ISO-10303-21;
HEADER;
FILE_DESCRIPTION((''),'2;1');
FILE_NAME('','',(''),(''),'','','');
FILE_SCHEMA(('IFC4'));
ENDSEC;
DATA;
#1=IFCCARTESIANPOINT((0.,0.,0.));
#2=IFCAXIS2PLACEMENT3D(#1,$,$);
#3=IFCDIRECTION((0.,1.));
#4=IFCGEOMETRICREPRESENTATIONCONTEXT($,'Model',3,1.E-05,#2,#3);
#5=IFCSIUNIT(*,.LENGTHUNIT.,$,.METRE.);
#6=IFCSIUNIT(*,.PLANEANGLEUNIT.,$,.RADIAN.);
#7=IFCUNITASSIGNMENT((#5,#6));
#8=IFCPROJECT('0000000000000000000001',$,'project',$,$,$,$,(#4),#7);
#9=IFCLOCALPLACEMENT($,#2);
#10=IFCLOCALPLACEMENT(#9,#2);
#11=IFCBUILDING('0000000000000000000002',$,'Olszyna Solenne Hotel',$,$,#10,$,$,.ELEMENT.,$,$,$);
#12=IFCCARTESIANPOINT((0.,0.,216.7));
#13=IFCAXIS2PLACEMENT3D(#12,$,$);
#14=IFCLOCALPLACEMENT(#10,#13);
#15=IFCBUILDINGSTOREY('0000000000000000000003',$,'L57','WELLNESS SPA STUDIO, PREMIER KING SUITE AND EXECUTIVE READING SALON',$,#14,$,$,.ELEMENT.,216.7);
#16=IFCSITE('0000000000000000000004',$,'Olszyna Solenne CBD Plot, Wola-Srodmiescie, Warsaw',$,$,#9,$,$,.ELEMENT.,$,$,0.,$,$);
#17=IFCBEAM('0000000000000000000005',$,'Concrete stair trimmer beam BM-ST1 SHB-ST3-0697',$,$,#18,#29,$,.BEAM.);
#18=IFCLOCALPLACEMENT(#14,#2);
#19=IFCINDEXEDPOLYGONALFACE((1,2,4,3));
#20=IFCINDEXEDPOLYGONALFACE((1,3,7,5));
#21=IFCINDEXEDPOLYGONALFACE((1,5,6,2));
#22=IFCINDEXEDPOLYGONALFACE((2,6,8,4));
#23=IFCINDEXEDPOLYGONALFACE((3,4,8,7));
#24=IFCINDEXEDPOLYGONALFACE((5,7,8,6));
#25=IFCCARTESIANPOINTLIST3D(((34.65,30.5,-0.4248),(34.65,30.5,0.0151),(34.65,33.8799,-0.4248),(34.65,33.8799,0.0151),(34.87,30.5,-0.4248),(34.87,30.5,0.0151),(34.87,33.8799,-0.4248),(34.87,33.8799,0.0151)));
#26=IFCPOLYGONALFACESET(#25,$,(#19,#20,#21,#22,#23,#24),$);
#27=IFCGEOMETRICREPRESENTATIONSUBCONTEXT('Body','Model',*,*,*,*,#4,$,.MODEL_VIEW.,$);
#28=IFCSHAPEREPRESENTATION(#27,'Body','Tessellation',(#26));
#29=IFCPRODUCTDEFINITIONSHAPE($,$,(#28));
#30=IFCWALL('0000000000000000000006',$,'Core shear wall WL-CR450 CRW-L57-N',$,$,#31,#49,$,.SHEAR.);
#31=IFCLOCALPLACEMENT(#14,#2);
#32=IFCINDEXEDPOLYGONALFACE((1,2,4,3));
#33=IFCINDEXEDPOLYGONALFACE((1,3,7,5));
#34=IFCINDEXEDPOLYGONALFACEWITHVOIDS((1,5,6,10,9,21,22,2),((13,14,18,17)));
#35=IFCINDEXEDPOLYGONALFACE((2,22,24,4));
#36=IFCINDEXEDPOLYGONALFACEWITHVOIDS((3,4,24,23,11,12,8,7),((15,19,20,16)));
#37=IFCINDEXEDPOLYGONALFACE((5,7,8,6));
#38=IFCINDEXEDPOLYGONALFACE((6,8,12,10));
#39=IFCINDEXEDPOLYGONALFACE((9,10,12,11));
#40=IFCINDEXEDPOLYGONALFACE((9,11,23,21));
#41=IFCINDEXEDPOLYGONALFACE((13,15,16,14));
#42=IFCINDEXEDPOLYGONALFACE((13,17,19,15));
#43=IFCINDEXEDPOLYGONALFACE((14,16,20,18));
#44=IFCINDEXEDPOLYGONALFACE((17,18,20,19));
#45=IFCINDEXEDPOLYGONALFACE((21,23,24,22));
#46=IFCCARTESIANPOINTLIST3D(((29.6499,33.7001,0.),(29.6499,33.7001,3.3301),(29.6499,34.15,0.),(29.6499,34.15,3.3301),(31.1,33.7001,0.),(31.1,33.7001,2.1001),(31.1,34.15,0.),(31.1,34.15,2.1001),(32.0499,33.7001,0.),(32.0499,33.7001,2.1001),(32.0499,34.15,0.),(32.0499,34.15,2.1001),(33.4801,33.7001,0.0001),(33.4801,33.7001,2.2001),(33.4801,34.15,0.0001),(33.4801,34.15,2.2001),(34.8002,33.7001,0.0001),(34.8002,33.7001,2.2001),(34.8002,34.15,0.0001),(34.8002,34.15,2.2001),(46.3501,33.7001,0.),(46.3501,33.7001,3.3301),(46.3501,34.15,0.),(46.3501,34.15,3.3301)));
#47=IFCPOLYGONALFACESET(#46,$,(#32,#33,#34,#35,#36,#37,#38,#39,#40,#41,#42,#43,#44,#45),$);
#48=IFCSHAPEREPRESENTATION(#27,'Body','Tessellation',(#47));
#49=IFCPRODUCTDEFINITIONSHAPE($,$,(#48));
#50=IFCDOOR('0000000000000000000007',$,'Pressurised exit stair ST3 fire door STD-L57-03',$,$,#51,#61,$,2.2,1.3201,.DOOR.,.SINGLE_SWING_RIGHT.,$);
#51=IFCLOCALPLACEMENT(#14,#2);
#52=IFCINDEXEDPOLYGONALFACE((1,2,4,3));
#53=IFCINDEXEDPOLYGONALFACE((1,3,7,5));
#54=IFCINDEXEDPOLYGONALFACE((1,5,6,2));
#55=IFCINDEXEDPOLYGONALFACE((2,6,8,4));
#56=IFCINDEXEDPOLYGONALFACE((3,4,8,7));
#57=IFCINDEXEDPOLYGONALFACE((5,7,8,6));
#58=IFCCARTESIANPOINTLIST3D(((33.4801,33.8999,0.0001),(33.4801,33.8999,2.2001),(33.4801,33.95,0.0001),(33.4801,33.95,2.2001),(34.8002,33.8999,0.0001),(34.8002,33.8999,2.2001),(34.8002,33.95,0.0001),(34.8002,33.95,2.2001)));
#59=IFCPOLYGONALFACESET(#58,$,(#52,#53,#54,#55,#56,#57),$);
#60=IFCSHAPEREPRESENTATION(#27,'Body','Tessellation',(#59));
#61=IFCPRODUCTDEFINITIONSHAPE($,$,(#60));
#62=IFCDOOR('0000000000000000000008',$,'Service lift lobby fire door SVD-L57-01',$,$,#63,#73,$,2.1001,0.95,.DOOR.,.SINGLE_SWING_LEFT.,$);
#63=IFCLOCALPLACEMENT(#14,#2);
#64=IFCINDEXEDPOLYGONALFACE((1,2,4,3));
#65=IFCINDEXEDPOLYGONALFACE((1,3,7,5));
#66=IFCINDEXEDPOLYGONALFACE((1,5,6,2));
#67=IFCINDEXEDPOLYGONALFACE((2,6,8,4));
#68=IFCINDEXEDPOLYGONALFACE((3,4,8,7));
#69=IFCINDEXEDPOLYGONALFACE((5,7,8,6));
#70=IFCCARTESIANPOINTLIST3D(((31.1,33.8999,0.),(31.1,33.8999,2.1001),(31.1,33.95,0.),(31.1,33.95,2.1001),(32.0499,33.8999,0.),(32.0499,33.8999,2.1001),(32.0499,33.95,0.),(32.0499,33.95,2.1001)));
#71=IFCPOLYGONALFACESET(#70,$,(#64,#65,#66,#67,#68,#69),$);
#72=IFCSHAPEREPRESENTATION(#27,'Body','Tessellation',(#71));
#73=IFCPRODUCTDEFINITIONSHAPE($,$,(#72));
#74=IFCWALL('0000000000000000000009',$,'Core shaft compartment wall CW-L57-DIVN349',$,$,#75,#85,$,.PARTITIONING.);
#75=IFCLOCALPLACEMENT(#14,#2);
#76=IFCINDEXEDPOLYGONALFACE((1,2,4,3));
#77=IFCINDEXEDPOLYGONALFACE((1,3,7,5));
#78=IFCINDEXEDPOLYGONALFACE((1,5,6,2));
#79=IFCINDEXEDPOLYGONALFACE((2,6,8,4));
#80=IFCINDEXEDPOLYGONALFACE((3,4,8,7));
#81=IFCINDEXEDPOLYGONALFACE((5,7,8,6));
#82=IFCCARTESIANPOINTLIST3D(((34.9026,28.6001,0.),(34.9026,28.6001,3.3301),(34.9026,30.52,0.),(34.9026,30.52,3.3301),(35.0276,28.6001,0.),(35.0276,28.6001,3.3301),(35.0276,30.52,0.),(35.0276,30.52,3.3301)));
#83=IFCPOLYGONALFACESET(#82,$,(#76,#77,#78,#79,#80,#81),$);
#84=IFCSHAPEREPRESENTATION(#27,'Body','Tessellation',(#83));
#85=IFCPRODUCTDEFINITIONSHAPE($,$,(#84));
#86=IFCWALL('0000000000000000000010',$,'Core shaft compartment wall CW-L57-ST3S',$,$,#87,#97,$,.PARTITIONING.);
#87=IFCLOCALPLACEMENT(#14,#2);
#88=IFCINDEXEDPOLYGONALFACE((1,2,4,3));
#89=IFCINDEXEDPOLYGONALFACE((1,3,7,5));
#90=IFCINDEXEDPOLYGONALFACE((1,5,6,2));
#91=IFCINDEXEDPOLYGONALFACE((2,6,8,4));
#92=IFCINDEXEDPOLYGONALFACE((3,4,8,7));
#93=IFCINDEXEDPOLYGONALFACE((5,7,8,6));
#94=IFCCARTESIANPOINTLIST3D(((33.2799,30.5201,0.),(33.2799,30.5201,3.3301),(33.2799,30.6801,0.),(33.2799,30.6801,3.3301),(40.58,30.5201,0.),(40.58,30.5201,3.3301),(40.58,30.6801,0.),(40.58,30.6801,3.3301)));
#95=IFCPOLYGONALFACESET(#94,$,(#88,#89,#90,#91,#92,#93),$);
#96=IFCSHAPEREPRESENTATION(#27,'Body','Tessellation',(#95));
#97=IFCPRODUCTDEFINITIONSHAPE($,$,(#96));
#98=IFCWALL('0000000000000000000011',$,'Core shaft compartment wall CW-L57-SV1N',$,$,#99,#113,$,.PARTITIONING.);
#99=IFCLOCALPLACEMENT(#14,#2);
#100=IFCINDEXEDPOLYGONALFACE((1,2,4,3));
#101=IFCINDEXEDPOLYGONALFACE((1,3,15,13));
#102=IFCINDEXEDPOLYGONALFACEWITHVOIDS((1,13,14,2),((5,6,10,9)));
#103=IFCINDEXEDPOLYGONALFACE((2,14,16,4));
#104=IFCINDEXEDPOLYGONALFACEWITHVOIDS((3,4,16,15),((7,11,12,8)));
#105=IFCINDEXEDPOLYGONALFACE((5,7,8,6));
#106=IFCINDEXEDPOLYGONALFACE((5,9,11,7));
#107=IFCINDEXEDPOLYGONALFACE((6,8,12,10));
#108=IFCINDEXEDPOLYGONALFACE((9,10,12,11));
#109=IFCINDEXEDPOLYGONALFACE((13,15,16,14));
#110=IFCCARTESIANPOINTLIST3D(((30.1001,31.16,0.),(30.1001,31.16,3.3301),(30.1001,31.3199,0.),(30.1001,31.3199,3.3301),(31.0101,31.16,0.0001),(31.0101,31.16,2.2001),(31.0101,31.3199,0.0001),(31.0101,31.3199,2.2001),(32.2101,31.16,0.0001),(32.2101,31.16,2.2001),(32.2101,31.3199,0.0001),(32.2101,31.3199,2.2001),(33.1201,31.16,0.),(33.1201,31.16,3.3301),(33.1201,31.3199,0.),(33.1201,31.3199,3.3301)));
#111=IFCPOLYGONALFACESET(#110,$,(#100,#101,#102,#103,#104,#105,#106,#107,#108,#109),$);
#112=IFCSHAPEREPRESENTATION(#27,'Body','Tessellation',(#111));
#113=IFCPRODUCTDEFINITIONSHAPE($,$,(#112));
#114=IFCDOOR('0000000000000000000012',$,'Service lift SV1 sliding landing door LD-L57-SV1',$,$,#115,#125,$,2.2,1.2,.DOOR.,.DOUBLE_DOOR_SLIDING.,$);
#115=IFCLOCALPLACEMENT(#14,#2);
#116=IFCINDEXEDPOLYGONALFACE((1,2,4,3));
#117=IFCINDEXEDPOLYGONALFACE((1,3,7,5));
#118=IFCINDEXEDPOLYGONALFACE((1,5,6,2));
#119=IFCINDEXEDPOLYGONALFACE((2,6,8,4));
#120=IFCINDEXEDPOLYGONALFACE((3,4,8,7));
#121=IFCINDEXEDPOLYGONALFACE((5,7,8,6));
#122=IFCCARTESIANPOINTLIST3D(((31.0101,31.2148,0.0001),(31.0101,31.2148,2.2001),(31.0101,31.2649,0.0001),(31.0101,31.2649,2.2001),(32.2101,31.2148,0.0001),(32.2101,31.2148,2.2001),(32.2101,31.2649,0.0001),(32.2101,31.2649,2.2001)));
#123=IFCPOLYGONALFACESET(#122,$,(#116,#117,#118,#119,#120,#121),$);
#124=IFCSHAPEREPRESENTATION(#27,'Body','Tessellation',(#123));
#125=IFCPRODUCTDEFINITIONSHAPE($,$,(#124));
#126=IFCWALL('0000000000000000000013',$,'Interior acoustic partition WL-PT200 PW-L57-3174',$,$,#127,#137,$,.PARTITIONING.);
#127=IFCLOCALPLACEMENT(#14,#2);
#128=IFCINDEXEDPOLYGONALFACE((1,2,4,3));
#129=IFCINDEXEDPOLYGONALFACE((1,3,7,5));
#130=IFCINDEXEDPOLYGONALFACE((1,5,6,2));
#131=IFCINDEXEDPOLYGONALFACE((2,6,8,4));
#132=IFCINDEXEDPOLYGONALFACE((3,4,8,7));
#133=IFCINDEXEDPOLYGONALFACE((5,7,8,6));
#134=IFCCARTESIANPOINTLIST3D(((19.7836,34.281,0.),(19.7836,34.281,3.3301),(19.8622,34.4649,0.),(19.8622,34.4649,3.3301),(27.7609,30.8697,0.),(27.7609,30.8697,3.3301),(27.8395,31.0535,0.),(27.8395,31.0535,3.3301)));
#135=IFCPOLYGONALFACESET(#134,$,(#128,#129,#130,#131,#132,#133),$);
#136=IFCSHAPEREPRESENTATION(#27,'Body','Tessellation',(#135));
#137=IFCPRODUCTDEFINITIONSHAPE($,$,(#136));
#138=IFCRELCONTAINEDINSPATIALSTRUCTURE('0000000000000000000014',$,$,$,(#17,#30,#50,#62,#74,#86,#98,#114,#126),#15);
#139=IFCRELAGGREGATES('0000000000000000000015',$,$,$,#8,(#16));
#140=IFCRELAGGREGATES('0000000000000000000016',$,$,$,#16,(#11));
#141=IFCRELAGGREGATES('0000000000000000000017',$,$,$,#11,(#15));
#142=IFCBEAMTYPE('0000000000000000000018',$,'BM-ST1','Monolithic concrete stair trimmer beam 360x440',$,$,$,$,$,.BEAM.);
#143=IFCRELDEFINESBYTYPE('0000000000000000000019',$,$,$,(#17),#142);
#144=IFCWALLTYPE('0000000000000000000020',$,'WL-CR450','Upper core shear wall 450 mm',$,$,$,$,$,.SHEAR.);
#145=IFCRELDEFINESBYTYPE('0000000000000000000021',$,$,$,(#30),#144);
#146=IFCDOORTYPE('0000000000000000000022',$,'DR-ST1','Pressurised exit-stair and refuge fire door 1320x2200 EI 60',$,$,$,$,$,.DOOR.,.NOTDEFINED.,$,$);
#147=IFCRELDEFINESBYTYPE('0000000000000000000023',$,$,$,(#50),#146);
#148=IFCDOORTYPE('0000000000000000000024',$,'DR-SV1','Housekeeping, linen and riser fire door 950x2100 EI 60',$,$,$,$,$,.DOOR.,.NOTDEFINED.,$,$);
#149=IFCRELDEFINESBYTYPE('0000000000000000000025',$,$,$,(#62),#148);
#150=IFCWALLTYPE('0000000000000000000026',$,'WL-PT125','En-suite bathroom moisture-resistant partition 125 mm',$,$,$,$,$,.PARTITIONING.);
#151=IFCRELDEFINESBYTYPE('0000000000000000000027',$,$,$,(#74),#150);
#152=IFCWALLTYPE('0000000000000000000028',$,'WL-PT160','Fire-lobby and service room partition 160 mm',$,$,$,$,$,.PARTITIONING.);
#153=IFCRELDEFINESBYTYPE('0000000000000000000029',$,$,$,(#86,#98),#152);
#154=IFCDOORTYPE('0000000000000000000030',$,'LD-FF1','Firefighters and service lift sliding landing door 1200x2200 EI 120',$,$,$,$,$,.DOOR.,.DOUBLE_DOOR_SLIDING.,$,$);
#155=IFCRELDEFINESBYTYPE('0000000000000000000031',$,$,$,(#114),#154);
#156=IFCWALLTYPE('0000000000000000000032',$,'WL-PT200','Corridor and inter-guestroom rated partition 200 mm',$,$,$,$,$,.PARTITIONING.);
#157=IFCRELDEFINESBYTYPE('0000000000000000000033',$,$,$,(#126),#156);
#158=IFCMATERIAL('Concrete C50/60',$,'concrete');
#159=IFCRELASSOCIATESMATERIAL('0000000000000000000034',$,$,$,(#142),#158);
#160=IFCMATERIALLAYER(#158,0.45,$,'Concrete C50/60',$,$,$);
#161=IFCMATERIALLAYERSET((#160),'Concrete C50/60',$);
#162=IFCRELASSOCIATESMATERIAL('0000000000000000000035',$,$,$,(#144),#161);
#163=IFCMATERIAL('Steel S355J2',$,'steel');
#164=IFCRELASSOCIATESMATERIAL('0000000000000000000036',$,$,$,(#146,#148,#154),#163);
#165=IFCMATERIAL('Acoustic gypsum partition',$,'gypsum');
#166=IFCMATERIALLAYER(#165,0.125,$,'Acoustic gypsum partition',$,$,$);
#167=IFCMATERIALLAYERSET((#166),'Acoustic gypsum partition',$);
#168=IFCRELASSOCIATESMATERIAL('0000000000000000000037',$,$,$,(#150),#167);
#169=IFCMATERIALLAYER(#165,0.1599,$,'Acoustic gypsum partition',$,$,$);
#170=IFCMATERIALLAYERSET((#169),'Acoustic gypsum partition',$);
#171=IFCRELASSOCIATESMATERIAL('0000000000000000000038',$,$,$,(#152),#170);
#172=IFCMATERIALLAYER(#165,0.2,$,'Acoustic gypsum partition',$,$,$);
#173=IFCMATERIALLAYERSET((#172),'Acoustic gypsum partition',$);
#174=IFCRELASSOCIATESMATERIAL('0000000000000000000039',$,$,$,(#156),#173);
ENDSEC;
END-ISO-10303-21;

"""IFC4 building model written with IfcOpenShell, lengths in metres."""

from ifc_helpers import new_model, si_unit, direction, frame, frame_2d, origin, origin_2d, place, context, subcontext, project, spatial, rectangle, extrude, source, transform, mapped, material, layer, layer_set, material_profile, profile_set, type_object, type_shapes, element, fill, save


model = new_model("IFC4")

# Units and contexts
model_context = context("Model", 3, precision=1e-05, world=origin(), true_north=direction((0.0, 1.0)))
body_context = subcontext(model_context, "Body", "Model", "MODEL_VIEW")
ifc_project = project(units=[si_unit("LENGTHUNIT", "METRE"), si_unit("PLANEANGLEUNIT", "RADIAN")], contexts=[model_context])

# Site, building, storey
site_placement = place(None, origin())
site = spatial("IfcSite", under=ifc_project, at=site_placement, Name="Olszyna Solenne CBD Plot, Wola-Srodmiescie, Warsaw", CompositionType="ELEMENT", RefElevation=0.0)
building_placement = place(site_placement, origin())
building = spatial("IfcBuilding", under=site, at=building_placement, Name="Olszyna Solenne Hotel", CompositionType="ELEMENT")
storey_placement = place(building_placement, frame((0.0, 0.0, 216.7)))
storey = spatial("IfcBuildingStorey", under=building, at=storey_placement, Name="L57", Description="WELLNESS SPA STUDIO, PREMIER KING SUITE AND EXECUTIVE READING SALON", CompositionType="ELEMENT", Elevation=216.7)

# Beam
ifc_material_1 = material(Name="Concrete C50/60", Category="concrete")
ifc_material_profile = material_profile(ifc_material_1, rectangle(XDim=0.22, YDim=0.4399, at=origin_2d()), Name="RC 220x440", Category="load-bearing")
ifc_profile_set = profile_set([ifc_material_profile], Name="Concrete C50/60")
beam_type = type_object("IfcBeamType", Name="BM-ST1", Description="Monolithic concrete stair trimmer beam 360x440", PredefinedType="BEAM", material=ifc_profile_set)
shared_shape_1 = source(origin(), body_context, "Body", "SweptSolid", [
    extrude(rectangle(XDim=0.22, YDim=0.4399, at=origin_2d()), origin(), (0.0, 0.0, 1.0), 3.3799),
])
beam_placement = place(storey_placement, frame((34.76, 30.5, -0.2048), z_axis=(0.0, 1.0, 0.0), x_axis=(-1.0, 0.0, 0.0)))
element("IfcBeam", 1, at=beam_placement, inside=storey, type_object=beam_type, Name="Concrete stair trimmer beam BM-ST1 SHB-ST3-0697", PredefinedType="BEAM", context=body_context, shape_type="MappedRepresentation", body=[
    mapped(shared_shape_1, transform((0.0, 0.0, 0.0), x_axis=(1.0, 0.0, 0.0), y_axis=(0.0, 1.0, 0.0), z_axis=(0.0, 0.0, 1.0), scale=1.0)),
])

# Wall, openings, doors
ifc_layer_1 = layer(ifc_material_1, 0.45, Name="Concrete C50/60")
ifc_layer_set_1 = layer_set([ifc_layer_1], Name="Concrete C50/60")
wall_type_1 = type_object("IfcWallType", Name="WL-CR450", Description="Upper core shear wall 450 mm", PredefinedType="SHEAR", material=ifc_layer_set_1)
wall_1_placement = place(storey_placement, frame((29.6499, 33.925, 0.0), z_axis=(0.0, 0.0, 1.0), x_axis=(1.0, 0.0, 0.0)))
wall_1 = element("IfcWall", 2, at=wall_1_placement, inside=storey, type_object=wall_type_1, Name="Core shear wall WL-CR450 CRW-L57-N", PredefinedType="SHEAR", context=body_context, shape_type="SweptSolid", body=[
    extrude(rectangle(XDim=16.7002, YDim=0.45, at=frame_2d((8.3501, 0.0))), origin(), (0.0, 0.0, 1.0), 3.3301),
])
opening_1_placement = place(wall_1_placement, frame((1.45, 0.0, 0.0)))
opening_1 = element("IfcOpeningElement", 3, at=opening_1_placement, cuts=wall_1, PredefinedType="OPENING", context=body_context, shape_type="SweptSolid", body=[
    extrude(rectangle(XDim=0.95, YDim=2.1001, at=frame_2d((0.4751, 1.05))), frame((0.0, 0.2349, 0.0), z_axis=(0.0, -1.0, 0.0), x_axis=(1.0, 0.0, 0.0)), (0.0, 0.0, 1.0), 0.47),
])
opening_2_placement = place(wall_1_placement, frame((3.8301, 0.0, 0.0)))
opening_2 = element("IfcOpeningElement", 4, at=opening_2_placement, cuts=wall_1, PredefinedType="OPENING", context=body_context, shape_type="SweptSolid", body=[
    extrude(rectangle(XDim=1.3201, YDim=2.2, at=frame_2d((0.6602, 1.1001))), frame((0.0, 0.2349, 0.0), z_axis=(0.0, -1.0, 0.0), x_axis=(1.0, 0.0, 0.0)), (0.0, 0.0, 1.0), 0.47),
])
ifc_material_2 = material(Name="Steel S355J2", Category="steel")
door_type_1 = type_object("IfcDoorType", Name="DR-ST1", Description="Pressurised exit-stair and refuge fire door 1320x2200 EI 60", OperationType="NOTDEFINED", PredefinedType="DOOR", material=ifc_material_2)
shared_shape_2 = source(origin(), body_context, "Body", "SweptSolid", [
    extrude(rectangle(XDim=1.3201, YDim=2.2, at=frame_2d((0.6602, 1.1001))), frame((0.0, 0.0249, 0.0), z_axis=(0.0, -1.0, 0.0), x_axis=(1.0, 0.0, 0.0)), (0.0, 0.0, 1.0), 0.05),
])
type_shapes(door_type_1, [shared_shape_2])
door_1_placement = place(opening_2_placement, origin())
door_1 = element("IfcDoor", 5, at=door_1_placement, inside=storey, type_object=door_type_1, Name="Pressurised exit stair ST3 fire door STD-L57-03", OperationType="SINGLE_SWING_RIGHT", OverallHeight=2.2, OverallWidth=1.3201, PredefinedType="DOOR", context=body_context, shape_type="MappedRepresentation", body=[
    mapped(shared_shape_2, transform((0.0, 0.0, 0.0), x_axis=(1.0, 0.0, 0.0), y_axis=(0.0, 1.0, 0.0), z_axis=(0.0, 0.0, 1.0), scale=1.0)),
])
fill(opening_2, door_1)
door_type_2 = type_object("IfcDoorType", Name="DR-SV1", Description="Housekeeping, linen and riser fire door 950x2100 EI 60", OperationType="NOTDEFINED", PredefinedType="DOOR", material=ifc_material_2)
shared_shape_3 = source(origin(), body_context, "Body", "SweptSolid", [
    extrude(rectangle(XDim=0.95, YDim=2.1001, at=frame_2d((0.4751, 1.05))), frame((0.0, 0.0249, 0.0), z_axis=(0.0, -1.0, 0.0), x_axis=(1.0, 0.0, 0.0)), (0.0, 0.0, 1.0), 0.05),
])
type_shapes(door_type_2, [shared_shape_3])
door_2_placement = place(opening_1_placement, origin())
door_2 = element("IfcDoor", 6, at=door_2_placement, inside=storey, type_object=door_type_2, Name="Service lift lobby fire door SVD-L57-01", OperationType="SINGLE_SWING_LEFT", OverallHeight=2.1001, OverallWidth=0.95, PredefinedType="DOOR", context=body_context, shape_type="MappedRepresentation", body=[
    mapped(shared_shape_3, transform((0.0, 0.0, 0.0), x_axis=(1.0, 0.0, 0.0), y_axis=(0.0, 1.0, 0.0), z_axis=(0.0, 0.0, 1.0), scale=1.0)),
])
fill(opening_1, door_2)

# Walls
ifc_material_3 = material(Name="Acoustic gypsum partition", Category="gypsum")
ifc_layer_2 = layer(ifc_material_3, 0.125, Name="Acoustic gypsum partition")
ifc_layer_set_2 = layer_set([ifc_layer_2], Name="Acoustic gypsum partition")
wall_type_2 = type_object("IfcWallType", Name="WL-PT125", Description="En-suite bathroom moisture-resistant partition 125 mm", PredefinedType="PARTITIONING", material=ifc_layer_set_2)
wall_2_placement = place(storey_placement, frame((34.9651, 28.6001, 0.0), z_axis=(0.0, 0.0, 1.0), x_axis=(0.0, 1.0, 0.0)))
element("IfcWall", 7, at=wall_2_placement, inside=storey, type_object=wall_type_2, Name="Core shaft compartment wall CW-L57-DIVN349", PredefinedType="PARTITIONING", context=body_context, shape_type="SweptSolid", body=[
    extrude(rectangle(XDim=1.9199, YDim=0.125, at=frame_2d((0.96, 0.0))), origin(), (0.0, 0.0, 1.0), 3.3301),
])
ifc_layer_3 = layer(ifc_material_3, 0.1599, Name="Acoustic gypsum partition")
ifc_layer_set_3 = layer_set([ifc_layer_3], Name="Acoustic gypsum partition")
wall_type_3 = type_object("IfcWallType", Name="WL-PT160", Description="Fire-lobby and service room partition 160 mm", PredefinedType="PARTITIONING", material=ifc_layer_set_3)
wall_3_placement = place(storey_placement, frame((33.28, 30.6001, 0.0), z_axis=(0.0, 0.0, 1.0), x_axis=(1.0, 0.0, 0.0)))
element("IfcWall", 8, at=wall_3_placement, inside=storey, type_object=wall_type_3, Name="Core shaft compartment wall CW-L57-ST3S", PredefinedType="PARTITIONING", context=body_context, shape_type="SweptSolid", body=[
    extrude(rectangle(XDim=7.3, YDim=0.1599, at=frame_2d((3.6499, 0.0))), origin(), (0.0, 0.0, 1.0), 3.3301),
])

# Wall, opening, door
wall_4_placement = place(storey_placement, frame((30.1001, 31.24, 0.0), z_axis=(0.0, 0.0, 1.0), x_axis=(1.0, 0.0, 0.0)))
wall_4 = element("IfcWall", 9, at=wall_4_placement, inside=storey, type_object=wall_type_3, Name="Core shaft compartment wall CW-L57-SV1N", PredefinedType="PARTITIONING", context=body_context, shape_type="SweptSolid", body=[
    extrude(rectangle(XDim=3.02, YDim=0.1599, at=frame_2d((1.51, 0.0))), origin(), (0.0, 0.0, 1.0), 3.3301),
])
opening_3_placement = place(wall_4_placement, frame((0.9099, 0.0, 0.0)))
opening_3 = element("IfcOpeningElement", 10, at=opening_3_placement, cuts=wall_4, PredefinedType="OPENING", context=body_context, shape_type="SweptSolid", body=[
    extrude(rectangle(XDim=1.2, YDim=2.2, at=frame_2d((0.6001, 1.1001))), frame((0.0, 0.0898, 0.0), z_axis=(0.0, -1.0, 0.0), x_axis=(1.0, 0.0, 0.0)), (0.0, 0.0, 1.0), 0.1799),
])
door_type_3 = type_object("IfcDoorType", Name="LD-FF1", Description="Firefighters and service lift sliding landing door 1200x2200 EI 120", OperationType="DOUBLE_DOOR_SLIDING", PredefinedType="DOOR", material=ifc_material_2)
shared_shape_4 = source(origin(), body_context, "Body", "SweptSolid", [
    extrude(rectangle(XDim=1.2, YDim=2.2, at=frame_2d((0.6001, 1.1001))), frame((0.0, 0.0249, 0.0), z_axis=(0.0, -1.0, 0.0), x_axis=(1.0, 0.0, 0.0)), (0.0, 0.0, 1.0), 0.05),
])
type_shapes(door_type_3, [shared_shape_4])
door_3_placement = place(opening_3_placement, origin())
door_3 = element("IfcDoor", 11, at=door_3_placement, inside=storey, type_object=door_type_3, Name="Service lift SV1 sliding landing door LD-L57-SV1", OperationType="DOUBLE_DOOR_SLIDING", OverallHeight=2.2, OverallWidth=1.2, PredefinedType="DOOR", context=body_context, shape_type="MappedRepresentation", body=[
    mapped(shared_shape_4, transform((0.0, 0.0, 0.0), x_axis=(1.0, 0.0, 0.0), y_axis=(0.0, 1.0, 0.0), z_axis=(0.0, 0.0, 1.0), scale=1.0)),
])
fill(opening_3, door_3)

# Wall
ifc_layer_4 = layer(ifc_material_3, 0.2, Name="Acoustic gypsum partition")
ifc_layer_set_4 = layer_set([ifc_layer_4], Name="Acoustic gypsum partition")
wall_type_4 = type_object("IfcWallType", Name="WL-PT200", Description="Corridor and inter-guestroom rated partition 200 mm", PredefinedType="PARTITIONING", material=ifc_layer_set_4)
wall_5_placement = place(storey_placement, frame((27.8, 30.9617, 0.0), z_axis=(0.0, 0.0, 1.0), x_axis=(-0.919456, 0.393192, 0.0)))
element("IfcWall", 12, at=wall_5_placement, inside=storey, type_object=wall_type_4, Name="Interior acoustic partition WL-PT200 PW-L57-3174", PredefinedType="PARTITIONING", context=body_context, shape_type="SweptSolid", body=[
    extrude(rectangle(XDim=8.676, YDim=0.2, at=frame_2d((4.3379, 0.0))), origin(), (0.0, 0.0, 1.0), 3.3301),
])

save(model, "model.ifc")
